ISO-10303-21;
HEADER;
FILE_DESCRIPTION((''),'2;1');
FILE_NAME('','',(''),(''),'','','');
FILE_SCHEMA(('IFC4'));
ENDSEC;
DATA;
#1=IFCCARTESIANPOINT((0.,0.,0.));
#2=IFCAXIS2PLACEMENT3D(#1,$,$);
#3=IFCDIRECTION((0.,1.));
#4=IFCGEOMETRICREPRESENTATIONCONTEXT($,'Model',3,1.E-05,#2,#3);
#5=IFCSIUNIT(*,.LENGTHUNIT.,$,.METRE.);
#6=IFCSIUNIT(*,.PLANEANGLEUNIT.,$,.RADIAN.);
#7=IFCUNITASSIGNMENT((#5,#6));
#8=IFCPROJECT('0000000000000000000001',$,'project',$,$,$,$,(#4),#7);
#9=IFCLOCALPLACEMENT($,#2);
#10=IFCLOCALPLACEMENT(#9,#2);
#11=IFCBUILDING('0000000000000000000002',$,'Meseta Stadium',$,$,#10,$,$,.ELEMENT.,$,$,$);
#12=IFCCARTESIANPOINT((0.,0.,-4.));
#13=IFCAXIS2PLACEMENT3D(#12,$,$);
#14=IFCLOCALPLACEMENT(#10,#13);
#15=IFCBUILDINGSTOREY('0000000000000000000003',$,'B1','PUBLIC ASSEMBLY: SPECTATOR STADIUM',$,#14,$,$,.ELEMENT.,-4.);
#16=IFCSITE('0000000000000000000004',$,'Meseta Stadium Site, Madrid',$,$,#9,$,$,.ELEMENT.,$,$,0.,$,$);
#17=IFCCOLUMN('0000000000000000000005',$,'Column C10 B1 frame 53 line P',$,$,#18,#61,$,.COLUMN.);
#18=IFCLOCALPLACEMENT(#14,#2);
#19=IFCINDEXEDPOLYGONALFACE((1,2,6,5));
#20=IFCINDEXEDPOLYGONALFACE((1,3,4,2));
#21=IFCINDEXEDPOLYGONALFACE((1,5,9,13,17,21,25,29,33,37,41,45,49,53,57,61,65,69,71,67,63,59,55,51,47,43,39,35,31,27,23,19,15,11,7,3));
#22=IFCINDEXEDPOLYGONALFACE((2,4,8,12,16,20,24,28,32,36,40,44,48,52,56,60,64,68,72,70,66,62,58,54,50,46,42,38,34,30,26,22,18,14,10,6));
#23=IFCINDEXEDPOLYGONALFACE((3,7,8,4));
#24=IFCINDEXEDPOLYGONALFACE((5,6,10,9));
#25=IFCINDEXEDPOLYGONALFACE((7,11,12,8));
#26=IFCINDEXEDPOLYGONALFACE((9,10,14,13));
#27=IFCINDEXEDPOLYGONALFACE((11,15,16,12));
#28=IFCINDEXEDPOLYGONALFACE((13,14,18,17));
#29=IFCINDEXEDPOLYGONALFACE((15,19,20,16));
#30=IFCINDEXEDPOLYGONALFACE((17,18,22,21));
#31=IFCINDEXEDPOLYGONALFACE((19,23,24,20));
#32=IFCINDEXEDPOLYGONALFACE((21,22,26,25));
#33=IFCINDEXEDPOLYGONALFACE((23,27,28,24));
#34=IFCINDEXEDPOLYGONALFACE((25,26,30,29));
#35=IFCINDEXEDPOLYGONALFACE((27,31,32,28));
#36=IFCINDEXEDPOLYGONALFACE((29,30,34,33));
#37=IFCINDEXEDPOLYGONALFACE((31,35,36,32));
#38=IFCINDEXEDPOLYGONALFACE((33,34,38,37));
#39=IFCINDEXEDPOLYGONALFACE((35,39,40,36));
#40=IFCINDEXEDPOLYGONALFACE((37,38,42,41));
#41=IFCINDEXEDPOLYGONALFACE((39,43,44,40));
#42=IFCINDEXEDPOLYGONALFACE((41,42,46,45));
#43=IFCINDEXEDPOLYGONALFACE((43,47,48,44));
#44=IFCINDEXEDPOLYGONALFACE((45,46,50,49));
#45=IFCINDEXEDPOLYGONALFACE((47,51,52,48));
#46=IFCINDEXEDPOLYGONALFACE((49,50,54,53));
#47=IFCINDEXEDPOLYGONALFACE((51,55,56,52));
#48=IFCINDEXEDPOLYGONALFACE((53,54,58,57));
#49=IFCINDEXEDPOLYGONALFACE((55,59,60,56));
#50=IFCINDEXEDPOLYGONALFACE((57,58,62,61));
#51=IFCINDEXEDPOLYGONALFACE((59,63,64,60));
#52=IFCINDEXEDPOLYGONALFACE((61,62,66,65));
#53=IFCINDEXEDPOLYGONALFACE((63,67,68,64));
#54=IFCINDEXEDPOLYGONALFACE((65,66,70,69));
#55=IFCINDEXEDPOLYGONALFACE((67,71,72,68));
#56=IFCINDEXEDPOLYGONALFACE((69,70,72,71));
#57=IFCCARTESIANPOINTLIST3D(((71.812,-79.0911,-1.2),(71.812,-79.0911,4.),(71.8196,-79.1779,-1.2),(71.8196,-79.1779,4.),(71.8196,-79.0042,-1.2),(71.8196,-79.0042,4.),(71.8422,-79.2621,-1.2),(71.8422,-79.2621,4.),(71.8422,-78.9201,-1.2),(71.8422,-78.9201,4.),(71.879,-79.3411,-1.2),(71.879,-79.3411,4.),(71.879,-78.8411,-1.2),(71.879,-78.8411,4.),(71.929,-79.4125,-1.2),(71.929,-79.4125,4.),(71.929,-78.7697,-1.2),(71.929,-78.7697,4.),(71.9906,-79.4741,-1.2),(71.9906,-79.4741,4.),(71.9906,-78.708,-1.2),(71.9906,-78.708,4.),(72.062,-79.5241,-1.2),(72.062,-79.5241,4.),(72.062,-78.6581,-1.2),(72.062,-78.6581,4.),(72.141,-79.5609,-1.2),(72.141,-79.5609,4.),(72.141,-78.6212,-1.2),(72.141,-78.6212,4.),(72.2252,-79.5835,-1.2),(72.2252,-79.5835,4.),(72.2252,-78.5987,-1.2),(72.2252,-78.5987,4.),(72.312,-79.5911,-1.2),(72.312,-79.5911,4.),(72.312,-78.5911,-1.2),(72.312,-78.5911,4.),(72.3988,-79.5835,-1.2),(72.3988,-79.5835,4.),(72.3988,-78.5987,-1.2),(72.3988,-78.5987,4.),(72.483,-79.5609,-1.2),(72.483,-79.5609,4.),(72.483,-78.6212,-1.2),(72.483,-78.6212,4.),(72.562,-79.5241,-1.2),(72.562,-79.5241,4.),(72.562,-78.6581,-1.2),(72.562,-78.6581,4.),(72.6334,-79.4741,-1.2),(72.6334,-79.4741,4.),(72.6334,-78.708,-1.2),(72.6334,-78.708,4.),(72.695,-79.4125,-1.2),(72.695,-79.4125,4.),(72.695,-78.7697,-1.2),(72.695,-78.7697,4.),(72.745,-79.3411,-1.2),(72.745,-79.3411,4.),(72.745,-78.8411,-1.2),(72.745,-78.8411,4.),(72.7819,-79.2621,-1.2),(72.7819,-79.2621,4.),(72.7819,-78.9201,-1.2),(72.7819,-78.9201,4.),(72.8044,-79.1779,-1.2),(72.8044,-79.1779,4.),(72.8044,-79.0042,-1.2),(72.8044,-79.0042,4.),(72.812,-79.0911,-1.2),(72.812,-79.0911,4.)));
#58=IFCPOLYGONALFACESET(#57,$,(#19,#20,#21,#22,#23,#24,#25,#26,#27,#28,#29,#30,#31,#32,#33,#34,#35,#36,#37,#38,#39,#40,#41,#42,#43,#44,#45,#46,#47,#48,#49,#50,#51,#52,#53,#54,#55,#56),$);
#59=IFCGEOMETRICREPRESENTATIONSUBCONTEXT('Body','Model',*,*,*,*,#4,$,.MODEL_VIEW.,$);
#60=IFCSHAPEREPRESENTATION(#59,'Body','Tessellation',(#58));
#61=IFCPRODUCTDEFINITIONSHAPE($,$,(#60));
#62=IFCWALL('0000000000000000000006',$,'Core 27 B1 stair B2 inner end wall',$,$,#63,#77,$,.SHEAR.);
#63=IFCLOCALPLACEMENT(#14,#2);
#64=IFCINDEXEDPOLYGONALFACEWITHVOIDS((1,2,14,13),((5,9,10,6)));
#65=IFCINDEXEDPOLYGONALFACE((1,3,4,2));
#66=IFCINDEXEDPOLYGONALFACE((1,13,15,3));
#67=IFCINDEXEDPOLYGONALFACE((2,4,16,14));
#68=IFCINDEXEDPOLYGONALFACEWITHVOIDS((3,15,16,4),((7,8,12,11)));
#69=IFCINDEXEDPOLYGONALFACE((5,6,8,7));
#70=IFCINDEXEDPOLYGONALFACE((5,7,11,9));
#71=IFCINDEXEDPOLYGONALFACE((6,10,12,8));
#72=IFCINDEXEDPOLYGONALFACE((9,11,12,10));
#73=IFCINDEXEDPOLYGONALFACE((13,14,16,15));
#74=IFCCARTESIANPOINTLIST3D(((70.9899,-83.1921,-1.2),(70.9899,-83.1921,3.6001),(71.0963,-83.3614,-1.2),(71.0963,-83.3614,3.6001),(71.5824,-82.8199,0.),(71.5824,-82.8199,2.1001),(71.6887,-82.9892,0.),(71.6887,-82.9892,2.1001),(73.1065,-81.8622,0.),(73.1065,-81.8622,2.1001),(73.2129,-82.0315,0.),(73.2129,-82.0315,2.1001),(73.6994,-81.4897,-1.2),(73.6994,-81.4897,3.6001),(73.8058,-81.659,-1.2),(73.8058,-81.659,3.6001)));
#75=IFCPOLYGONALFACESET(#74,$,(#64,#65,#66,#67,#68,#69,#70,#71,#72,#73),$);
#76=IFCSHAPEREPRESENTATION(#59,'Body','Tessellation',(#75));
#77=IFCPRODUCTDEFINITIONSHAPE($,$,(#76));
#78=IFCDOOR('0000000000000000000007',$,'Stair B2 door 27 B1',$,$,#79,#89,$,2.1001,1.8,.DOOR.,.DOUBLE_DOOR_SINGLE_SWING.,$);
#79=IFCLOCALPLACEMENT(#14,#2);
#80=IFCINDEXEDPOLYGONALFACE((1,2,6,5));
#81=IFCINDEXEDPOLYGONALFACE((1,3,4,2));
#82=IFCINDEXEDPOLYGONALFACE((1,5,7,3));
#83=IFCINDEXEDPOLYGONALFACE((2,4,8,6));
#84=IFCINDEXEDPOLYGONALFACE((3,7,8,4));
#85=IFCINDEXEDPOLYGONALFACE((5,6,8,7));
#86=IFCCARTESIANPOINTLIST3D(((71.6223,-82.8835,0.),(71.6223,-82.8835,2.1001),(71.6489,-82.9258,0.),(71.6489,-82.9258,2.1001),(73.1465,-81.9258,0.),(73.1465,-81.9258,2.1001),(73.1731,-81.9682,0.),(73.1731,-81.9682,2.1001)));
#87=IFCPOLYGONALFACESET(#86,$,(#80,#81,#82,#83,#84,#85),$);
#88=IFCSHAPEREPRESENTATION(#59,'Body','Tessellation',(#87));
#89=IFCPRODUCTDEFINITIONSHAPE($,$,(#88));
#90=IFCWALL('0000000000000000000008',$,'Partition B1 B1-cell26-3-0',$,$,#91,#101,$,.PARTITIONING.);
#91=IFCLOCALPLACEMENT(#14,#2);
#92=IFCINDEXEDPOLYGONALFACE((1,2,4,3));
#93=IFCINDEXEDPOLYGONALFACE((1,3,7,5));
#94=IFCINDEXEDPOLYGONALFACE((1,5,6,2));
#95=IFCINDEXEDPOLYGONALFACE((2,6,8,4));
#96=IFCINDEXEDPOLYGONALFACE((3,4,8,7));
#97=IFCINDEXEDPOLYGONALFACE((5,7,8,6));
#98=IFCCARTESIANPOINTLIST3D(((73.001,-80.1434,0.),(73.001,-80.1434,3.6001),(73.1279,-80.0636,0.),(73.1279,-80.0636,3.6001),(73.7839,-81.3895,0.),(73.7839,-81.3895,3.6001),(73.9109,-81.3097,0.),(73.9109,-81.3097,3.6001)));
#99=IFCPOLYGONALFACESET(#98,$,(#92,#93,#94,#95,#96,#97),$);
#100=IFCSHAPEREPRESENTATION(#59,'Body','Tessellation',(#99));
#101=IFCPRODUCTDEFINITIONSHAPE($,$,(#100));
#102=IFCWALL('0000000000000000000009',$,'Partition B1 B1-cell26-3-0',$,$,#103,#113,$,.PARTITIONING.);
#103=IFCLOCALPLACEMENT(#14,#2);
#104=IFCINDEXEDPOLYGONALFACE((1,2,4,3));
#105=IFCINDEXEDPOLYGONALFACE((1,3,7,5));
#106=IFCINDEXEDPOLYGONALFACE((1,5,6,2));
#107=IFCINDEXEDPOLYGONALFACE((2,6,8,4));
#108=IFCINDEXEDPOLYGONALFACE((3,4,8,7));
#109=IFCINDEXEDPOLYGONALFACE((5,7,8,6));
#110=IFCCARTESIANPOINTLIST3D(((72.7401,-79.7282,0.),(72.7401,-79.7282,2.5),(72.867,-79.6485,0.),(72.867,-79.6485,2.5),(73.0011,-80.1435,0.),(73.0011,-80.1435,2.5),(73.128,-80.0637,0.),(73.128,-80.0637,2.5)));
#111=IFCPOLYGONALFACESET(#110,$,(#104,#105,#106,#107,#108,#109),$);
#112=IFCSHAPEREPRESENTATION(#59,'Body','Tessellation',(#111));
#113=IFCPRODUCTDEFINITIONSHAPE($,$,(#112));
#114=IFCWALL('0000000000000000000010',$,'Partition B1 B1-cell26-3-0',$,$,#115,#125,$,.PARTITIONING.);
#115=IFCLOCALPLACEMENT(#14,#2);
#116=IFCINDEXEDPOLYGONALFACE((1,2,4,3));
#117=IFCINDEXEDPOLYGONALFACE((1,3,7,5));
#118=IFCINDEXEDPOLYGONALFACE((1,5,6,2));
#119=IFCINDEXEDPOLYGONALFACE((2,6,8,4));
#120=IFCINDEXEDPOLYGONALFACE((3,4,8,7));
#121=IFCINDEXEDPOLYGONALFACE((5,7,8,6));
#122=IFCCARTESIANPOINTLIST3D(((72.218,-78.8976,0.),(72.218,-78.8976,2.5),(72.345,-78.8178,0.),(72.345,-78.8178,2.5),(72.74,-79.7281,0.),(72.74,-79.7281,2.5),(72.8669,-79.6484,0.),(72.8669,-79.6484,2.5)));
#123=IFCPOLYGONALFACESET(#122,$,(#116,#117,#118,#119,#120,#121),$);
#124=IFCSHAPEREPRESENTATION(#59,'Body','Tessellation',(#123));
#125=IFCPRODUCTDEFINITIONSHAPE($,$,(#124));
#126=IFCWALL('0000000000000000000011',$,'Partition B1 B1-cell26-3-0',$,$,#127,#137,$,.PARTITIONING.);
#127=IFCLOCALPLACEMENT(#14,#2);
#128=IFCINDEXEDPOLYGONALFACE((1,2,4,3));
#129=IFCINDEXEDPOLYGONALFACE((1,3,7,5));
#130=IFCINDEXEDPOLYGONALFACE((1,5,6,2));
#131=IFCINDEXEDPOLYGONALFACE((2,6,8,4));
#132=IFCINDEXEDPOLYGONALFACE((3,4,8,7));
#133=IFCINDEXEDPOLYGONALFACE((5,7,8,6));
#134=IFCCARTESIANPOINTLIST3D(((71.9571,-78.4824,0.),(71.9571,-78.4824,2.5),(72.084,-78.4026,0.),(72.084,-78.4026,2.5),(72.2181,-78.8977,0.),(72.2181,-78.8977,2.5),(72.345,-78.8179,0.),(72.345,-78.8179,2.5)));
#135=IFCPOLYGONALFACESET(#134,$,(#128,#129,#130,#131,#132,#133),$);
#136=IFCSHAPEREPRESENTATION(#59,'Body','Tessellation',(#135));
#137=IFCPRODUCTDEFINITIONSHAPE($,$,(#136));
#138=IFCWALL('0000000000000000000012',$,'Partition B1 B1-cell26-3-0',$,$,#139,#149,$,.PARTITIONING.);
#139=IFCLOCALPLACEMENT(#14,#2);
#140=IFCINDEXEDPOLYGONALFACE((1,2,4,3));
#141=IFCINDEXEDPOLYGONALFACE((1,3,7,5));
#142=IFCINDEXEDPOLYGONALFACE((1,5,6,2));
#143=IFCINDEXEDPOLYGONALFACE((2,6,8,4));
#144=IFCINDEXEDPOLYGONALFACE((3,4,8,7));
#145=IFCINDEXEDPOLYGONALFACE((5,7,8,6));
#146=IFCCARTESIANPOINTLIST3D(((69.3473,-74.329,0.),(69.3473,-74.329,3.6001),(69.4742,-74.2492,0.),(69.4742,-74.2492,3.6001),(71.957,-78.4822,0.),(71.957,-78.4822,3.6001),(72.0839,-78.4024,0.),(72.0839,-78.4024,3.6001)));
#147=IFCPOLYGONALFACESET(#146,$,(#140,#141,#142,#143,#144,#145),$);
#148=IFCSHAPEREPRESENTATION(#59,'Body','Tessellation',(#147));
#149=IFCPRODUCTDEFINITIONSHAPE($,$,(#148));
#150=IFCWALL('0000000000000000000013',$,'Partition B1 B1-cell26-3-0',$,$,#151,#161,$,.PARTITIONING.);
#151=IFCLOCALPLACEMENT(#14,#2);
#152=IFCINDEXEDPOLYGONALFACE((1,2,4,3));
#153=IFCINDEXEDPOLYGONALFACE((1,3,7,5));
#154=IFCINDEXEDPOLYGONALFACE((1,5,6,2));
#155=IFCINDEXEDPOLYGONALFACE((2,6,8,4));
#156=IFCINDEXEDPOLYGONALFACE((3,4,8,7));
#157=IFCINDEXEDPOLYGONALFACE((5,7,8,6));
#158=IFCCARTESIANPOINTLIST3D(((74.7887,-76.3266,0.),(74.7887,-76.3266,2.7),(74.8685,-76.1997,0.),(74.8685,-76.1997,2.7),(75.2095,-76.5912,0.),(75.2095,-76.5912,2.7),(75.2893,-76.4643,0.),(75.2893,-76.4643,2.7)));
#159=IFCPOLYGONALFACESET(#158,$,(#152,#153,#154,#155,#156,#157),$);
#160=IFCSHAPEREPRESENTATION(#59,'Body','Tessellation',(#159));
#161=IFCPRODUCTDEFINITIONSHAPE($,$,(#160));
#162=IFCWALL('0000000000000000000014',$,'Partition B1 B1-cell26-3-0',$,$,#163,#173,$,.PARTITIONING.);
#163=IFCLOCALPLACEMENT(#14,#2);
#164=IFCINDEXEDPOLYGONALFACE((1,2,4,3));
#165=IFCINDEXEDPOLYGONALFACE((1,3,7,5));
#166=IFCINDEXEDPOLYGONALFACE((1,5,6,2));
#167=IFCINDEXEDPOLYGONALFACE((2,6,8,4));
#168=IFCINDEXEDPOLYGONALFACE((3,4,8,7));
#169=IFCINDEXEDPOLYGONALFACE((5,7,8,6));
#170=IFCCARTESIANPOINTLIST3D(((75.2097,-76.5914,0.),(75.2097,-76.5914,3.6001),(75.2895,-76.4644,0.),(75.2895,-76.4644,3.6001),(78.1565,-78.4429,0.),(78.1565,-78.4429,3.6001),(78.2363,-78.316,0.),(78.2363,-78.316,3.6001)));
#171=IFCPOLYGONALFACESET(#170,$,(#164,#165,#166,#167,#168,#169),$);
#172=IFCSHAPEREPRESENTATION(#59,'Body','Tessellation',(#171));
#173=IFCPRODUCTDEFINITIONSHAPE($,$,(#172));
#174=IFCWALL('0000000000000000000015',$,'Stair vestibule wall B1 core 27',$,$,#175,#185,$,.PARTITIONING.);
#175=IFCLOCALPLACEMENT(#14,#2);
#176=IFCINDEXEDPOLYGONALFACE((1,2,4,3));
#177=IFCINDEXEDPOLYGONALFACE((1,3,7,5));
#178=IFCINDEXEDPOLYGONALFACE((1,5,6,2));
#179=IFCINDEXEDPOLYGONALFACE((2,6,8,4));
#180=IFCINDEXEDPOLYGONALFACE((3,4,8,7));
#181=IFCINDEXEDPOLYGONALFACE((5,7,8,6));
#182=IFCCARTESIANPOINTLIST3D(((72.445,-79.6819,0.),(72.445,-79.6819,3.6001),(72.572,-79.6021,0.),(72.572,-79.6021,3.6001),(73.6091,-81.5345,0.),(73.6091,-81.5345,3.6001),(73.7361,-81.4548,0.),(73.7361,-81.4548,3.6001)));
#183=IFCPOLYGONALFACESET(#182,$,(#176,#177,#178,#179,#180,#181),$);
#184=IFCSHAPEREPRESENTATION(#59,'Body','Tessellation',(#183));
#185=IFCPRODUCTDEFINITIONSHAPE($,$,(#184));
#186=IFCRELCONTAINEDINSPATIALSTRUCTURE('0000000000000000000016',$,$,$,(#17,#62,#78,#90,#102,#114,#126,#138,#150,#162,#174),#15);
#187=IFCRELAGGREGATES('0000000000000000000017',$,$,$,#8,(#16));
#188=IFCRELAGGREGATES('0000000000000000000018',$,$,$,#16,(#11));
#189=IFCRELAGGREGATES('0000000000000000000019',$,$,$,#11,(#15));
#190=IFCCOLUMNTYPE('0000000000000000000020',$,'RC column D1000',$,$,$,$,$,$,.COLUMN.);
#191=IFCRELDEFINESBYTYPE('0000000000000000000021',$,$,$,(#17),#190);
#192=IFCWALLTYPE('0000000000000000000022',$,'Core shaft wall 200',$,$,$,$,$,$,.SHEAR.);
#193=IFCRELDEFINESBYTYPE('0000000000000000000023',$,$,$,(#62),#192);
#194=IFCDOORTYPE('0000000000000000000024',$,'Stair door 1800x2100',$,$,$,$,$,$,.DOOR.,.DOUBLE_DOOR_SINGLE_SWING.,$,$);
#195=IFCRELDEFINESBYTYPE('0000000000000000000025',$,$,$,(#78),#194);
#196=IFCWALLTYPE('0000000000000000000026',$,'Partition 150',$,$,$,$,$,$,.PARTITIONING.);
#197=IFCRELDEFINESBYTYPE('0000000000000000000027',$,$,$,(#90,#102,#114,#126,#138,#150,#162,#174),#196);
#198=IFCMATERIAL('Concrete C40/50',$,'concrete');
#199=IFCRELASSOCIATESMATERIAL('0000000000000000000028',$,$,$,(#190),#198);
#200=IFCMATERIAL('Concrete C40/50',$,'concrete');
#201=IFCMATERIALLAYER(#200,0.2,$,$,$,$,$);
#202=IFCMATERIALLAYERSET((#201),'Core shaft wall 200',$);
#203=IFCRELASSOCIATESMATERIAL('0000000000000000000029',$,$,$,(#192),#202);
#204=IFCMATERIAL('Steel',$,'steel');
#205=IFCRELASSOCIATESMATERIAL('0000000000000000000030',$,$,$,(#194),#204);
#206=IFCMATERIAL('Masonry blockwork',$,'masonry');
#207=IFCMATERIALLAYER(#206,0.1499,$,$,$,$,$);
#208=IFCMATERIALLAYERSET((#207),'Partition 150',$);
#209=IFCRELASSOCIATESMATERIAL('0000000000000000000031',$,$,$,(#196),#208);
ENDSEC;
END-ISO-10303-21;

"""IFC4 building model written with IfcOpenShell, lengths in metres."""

from ifc_helpers import new_model, si_unit, direction, frame, frame_2d, origin, origin_2d, place, context, subcontext, project, spatial, rectangle, circle, extrude, material, layer, layer_set, material_profile, profile_set, type_object, element, fill, save


model = new_model("IFC4")

# Units and contexts
model_context = context("Model", 3, precision=1e-05, world=origin(), true_north=direction((0.0, 1.0)))
body_context = subcontext(model_context, "Body", "Model", "MODEL_VIEW")
ifc_project = project(units=[si_unit("LENGTHUNIT", "METRE"), si_unit("PLANEANGLEUNIT", "RADIAN")], contexts=[model_context])

# Site, building, storey
site_placement = place(None, origin())
site = spatial("IfcSite", under=ifc_project, at=site_placement, Name="Meseta Stadium Site, Madrid", CompositionType="ELEMENT", RefElevation=0.0)
building_placement = place(site_placement, origin())
building = spatial("IfcBuilding", under=site, at=building_placement, Name="Meseta Stadium", CompositionType="ELEMENT")
storey_placement = place(building_placement, frame((0.0, 0.0, -4.0)))
storey = spatial("IfcBuildingStorey", under=building, at=storey_placement, Name="B1", Description="PUBLIC ASSEMBLY: SPECTATOR STADIUM", CompositionType="ELEMENT", Elevation=-4.0)

# Column
ifc_material_1 = material(Name="Concrete C40/50", Category="concrete")
ifc_material_profile = material_profile(ifc_material_1, circle(Radius=0.5, at=origin_2d()), Name="RC D1000")
ifc_profile_set = profile_set([ifc_material_profile], Name="Concrete C40/50")
column_type = type_object("IfcColumnType", Name="RC column D1000", PredefinedType="COLUMN", material=ifc_profile_set)
column_placement = place(storey_placement, frame((72.312, -79.0911, -1.2), z_axis=(0.0, 0.0, 1.0), x_axis=(1.0, 0.0, 0.0)))
element("IfcColumn", 1, at=column_placement, inside=storey, type_object=column_type, Name="Column C10 B1 frame 53 line P", PredefinedType="COLUMN", context=body_context, shape_type="SweptSolid", body=[
    extrude(circle(Radius=0.5, at=origin_2d()), origin(), (0.0, 0.0, 1.0), 5.2),
])

# Wall, opening, door
ifc_material_2 = material(Name="Concrete C40/50", Category="concrete")
ifc_layer_1 = layer(ifc_material_2, 0.2)
ifc_layer_set_1 = layer_set([ifc_layer_1], Name="Core shaft wall 200")
wall_type_1 = type_object("IfcWallType", Name="Core shaft wall 200", PredefinedType="SHEAR", material=ifc_layer_set_1)
wall_1_placement = place(storey_placement, frame((71.043, -83.2769, -1.2), z_axis=(0.0, 0.0, 1.0), x_axis=(0.846736, 0.532014, 0.0)))
wall_1 = element("IfcWall", 2, at=wall_1_placement, inside=storey, type_object=wall_type_1, Name="Core 27 B1 stair B2 inner end wall", PredefinedType="SHEAR", context=body_context, shape_type="SweptSolid", body=[
    extrude(rectangle(XDim=3.2, YDim=0.2, at=frame_2d((1.6001, 0.0))), origin(), (0.0, 0.0, 1.0), 4.8),
])
opening_1_placement = place(wall_1_placement, frame((0.7, 0.0, 1.2)))
opening_1 = element("IfcOpeningElement", 3, at=opening_1_placement, cuts=wall_1, PredefinedType="OPENING", context=body_context, shape_type="SweptSolid", body=[
    extrude(rectangle(XDim=1.8, YDim=2.1001, at=frame_2d((0.8999, 1.05))), frame((0.0, 0.1099, 0.0), z_axis=(0.0, -1.0, 0.0), x_axis=(1.0, 0.0, 0.0)), (0.0, 0.0, 1.0), 0.22),
])
ifc_material_3 = material(Name="Steel", Category="steel")
door_type_1 = type_object("IfcDoorType", Name="Stair door 1800x2100", OperationType="DOUBLE_DOOR_SINGLE_SWING", PredefinedType="DOOR", material=ifc_material_3)
door_1_placement = place(opening_1_placement, origin())
door_1 = element("IfcDoor", 4, at=door_1_placement, inside=storey, type_object=door_type_1, Name="Stair B2 door 27 B1", OperationType="DOUBLE_DOOR_SINGLE_SWING", OverallHeight=2.1001, OverallWidth=1.8, PredefinedType="DOOR", context=body_context, shape_type="SweptSolid", body=[
    extrude(rectangle(XDim=1.8, YDim=2.1001, at=frame_2d((0.8999, 1.05))), frame((0.0, 0.0249, 0.0), z_axis=(0.0, -1.0, 0.0), x_axis=(1.0, 0.0, 0.0)), (0.0, 0.0, 1.0), 0.05),
])
fill(opening_1, door_1)

# Walls
ifc_material_4 = material(Name="Masonry blockwork", Category="masonry")
ifc_layer_2 = layer(ifc_material_4, 0.1499)
ifc_layer_set_2 = layer_set([ifc_layer_2], Name="Partition 150")
wall_type_2 = type_object("IfcWallType", Name="Partition 150", PredefinedType="PARTITIONING", material=ifc_layer_set_2)
wall_2_placement = place(storey_placement, frame((73.8474, -81.3496, 0.0), z_axis=(0.0, 0.0, 1.0), x_axis=(-0.532025, 0.846728, 0.0)))
element("IfcWall", 5, at=wall_2_placement, inside=storey, type_object=wall_type_2, Name="Partition B1 B1-cell26-3-0", PredefinedType="PARTITIONING", context=body_context, shape_type="SweptSolid", body=[
    extrude(rectangle(XDim=1.4717, YDim=0.1499, at=frame_2d((0.7358, 0.0))), origin(), (0.0, 0.0, 1.0), 3.6001),
])
wall_3_placement = place(storey_placement, frame((73.0645, -80.1035, 0.0), z_axis=(0.0, 0.0, 1.0), x_axis=(-0.5321, 0.846681, 0.0)))
element("IfcWall", 6, at=wall_3_placement, inside=storey, type_object=wall_type_2, Name="Partition B1 B1-cell26-3-0", PredefinedType="PARTITIONING", context=body_context, shape_type="SweptSolid", body=[
    extrude(rectangle(XDim=0.4905, YDim=0.1499, at=frame_2d((0.2451, 0.0))), origin(), (0.0, 0.0, 1.0), 2.5),
])
wall_4_placement = place(storey_placement, frame((72.8035, -79.6882, 0.0), z_axis=(0.0, 0.0, 1.0), x_axis=(-0.5321, 0.846681, 0.0)))
element("IfcWall", 7, at=wall_4_placement, inside=storey, type_object=wall_type_2, Name="Partition B1 B1-cell26-3-0", PredefinedType="PARTITIONING", context=body_context, shape_type="SweptSolid", body=[
    extrude(rectangle(XDim=0.981, YDim=0.1499, at=frame_2d((0.4905, 0.0))), origin(), (0.0, 0.0, 1.0), 2.5),
])
wall_5_placement = place(storey_placement, frame((72.2815, -78.8577, 0.0), z_axis=(0.0, 0.0, 1.0), x_axis=(-0.5321, 0.846681, 0.0)))
element("IfcWall", 8, at=wall_5_placement, inside=storey, type_object=wall_type_2, Name="Partition B1 B1-cell26-3-0", PredefinedType="PARTITIONING", context=body_context, shape_type="SweptSolid", body=[
    extrude(rectangle(XDim=0.4905, YDim=0.1499, at=frame_2d((0.2451, 0.0))), origin(), (0.0, 0.0, 1.0), 2.5),
])
wall_6_placement = place(storey_placement, frame((72.0205, -78.4424, 0.0), z_axis=(0.0, 0.0, 1.0), x_axis=(-0.532042, 0.846718, 0.0)))
element("IfcWall", 9, at=wall_6_placement, inside=storey, type_object=wall_type_2, Name="Partition B1 B1-cell26-3-0", PredefinedType="PARTITIONING", context=body_context, shape_type="SweptSolid", body=[
    extrude(rectangle(XDim=4.905, YDim=0.1499, at=frame_2d((2.4526, 0.0))), origin(), (0.0, 0.0, 1.0), 3.6001),
])
wall_7_placement = place(storey_placement, frame((74.8286, -76.2632, 0.0), z_axis=(0.0, 0.0, 1.0), x_axis=(0.846561, -0.532292, 0.0)))
element("IfcWall", 10, at=wall_7_placement, inside=storey, type_object=wall_type_2, Name="Partition B1 B1-cell26-3-0", PredefinedType="PARTITIONING", context=body_context, shape_type="SweptSolid", body=[
    extrude(rectangle(XDim=0.4971, YDim=0.1499, at=frame_2d((0.2485, 0.0))), origin(), (0.0, 0.0, 1.0), 2.7),
])
wall_8_placement = place(storey_placement, frame((75.2495, -76.5278, 0.0), z_axis=(0.0, 0.0, 1.0), x_axis=(0.846727, -0.532028, 0.0)))
element("IfcWall", 11, at=wall_8_placement, inside=storey, type_object=wall_type_2, Name="Partition B1 B1-cell26-3-0", PredefinedType="PARTITIONING", context=body_context, shape_type="SweptSolid", body=[
    extrude(rectangle(XDim=3.4802, YDim=0.1499, at=frame_2d((1.7402, 0.0))), origin(), (0.0, 0.0, 1.0), 3.6001),
])
wall_9_placement = place(storey_placement, frame((73.6726, -81.4946, 0.0), z_axis=(0.0, 0.0, 1.0), x_axis=(-0.532044, 0.846717, 0.0)))
element("IfcWall", 12, at=wall_9_placement, inside=storey, type_object=wall_type_2, Name="Stair vestibule wall B1 core 27", PredefinedType="PARTITIONING", context=body_context, shape_type="SweptSolid", body=[
    extrude(rectangle(XDim=2.188, YDim=0.1499, at=frame_2d((1.094, 0.0))), origin(), (0.0, 0.0, 1.0), 3.6001),
])

save(model, "model.ifc")
